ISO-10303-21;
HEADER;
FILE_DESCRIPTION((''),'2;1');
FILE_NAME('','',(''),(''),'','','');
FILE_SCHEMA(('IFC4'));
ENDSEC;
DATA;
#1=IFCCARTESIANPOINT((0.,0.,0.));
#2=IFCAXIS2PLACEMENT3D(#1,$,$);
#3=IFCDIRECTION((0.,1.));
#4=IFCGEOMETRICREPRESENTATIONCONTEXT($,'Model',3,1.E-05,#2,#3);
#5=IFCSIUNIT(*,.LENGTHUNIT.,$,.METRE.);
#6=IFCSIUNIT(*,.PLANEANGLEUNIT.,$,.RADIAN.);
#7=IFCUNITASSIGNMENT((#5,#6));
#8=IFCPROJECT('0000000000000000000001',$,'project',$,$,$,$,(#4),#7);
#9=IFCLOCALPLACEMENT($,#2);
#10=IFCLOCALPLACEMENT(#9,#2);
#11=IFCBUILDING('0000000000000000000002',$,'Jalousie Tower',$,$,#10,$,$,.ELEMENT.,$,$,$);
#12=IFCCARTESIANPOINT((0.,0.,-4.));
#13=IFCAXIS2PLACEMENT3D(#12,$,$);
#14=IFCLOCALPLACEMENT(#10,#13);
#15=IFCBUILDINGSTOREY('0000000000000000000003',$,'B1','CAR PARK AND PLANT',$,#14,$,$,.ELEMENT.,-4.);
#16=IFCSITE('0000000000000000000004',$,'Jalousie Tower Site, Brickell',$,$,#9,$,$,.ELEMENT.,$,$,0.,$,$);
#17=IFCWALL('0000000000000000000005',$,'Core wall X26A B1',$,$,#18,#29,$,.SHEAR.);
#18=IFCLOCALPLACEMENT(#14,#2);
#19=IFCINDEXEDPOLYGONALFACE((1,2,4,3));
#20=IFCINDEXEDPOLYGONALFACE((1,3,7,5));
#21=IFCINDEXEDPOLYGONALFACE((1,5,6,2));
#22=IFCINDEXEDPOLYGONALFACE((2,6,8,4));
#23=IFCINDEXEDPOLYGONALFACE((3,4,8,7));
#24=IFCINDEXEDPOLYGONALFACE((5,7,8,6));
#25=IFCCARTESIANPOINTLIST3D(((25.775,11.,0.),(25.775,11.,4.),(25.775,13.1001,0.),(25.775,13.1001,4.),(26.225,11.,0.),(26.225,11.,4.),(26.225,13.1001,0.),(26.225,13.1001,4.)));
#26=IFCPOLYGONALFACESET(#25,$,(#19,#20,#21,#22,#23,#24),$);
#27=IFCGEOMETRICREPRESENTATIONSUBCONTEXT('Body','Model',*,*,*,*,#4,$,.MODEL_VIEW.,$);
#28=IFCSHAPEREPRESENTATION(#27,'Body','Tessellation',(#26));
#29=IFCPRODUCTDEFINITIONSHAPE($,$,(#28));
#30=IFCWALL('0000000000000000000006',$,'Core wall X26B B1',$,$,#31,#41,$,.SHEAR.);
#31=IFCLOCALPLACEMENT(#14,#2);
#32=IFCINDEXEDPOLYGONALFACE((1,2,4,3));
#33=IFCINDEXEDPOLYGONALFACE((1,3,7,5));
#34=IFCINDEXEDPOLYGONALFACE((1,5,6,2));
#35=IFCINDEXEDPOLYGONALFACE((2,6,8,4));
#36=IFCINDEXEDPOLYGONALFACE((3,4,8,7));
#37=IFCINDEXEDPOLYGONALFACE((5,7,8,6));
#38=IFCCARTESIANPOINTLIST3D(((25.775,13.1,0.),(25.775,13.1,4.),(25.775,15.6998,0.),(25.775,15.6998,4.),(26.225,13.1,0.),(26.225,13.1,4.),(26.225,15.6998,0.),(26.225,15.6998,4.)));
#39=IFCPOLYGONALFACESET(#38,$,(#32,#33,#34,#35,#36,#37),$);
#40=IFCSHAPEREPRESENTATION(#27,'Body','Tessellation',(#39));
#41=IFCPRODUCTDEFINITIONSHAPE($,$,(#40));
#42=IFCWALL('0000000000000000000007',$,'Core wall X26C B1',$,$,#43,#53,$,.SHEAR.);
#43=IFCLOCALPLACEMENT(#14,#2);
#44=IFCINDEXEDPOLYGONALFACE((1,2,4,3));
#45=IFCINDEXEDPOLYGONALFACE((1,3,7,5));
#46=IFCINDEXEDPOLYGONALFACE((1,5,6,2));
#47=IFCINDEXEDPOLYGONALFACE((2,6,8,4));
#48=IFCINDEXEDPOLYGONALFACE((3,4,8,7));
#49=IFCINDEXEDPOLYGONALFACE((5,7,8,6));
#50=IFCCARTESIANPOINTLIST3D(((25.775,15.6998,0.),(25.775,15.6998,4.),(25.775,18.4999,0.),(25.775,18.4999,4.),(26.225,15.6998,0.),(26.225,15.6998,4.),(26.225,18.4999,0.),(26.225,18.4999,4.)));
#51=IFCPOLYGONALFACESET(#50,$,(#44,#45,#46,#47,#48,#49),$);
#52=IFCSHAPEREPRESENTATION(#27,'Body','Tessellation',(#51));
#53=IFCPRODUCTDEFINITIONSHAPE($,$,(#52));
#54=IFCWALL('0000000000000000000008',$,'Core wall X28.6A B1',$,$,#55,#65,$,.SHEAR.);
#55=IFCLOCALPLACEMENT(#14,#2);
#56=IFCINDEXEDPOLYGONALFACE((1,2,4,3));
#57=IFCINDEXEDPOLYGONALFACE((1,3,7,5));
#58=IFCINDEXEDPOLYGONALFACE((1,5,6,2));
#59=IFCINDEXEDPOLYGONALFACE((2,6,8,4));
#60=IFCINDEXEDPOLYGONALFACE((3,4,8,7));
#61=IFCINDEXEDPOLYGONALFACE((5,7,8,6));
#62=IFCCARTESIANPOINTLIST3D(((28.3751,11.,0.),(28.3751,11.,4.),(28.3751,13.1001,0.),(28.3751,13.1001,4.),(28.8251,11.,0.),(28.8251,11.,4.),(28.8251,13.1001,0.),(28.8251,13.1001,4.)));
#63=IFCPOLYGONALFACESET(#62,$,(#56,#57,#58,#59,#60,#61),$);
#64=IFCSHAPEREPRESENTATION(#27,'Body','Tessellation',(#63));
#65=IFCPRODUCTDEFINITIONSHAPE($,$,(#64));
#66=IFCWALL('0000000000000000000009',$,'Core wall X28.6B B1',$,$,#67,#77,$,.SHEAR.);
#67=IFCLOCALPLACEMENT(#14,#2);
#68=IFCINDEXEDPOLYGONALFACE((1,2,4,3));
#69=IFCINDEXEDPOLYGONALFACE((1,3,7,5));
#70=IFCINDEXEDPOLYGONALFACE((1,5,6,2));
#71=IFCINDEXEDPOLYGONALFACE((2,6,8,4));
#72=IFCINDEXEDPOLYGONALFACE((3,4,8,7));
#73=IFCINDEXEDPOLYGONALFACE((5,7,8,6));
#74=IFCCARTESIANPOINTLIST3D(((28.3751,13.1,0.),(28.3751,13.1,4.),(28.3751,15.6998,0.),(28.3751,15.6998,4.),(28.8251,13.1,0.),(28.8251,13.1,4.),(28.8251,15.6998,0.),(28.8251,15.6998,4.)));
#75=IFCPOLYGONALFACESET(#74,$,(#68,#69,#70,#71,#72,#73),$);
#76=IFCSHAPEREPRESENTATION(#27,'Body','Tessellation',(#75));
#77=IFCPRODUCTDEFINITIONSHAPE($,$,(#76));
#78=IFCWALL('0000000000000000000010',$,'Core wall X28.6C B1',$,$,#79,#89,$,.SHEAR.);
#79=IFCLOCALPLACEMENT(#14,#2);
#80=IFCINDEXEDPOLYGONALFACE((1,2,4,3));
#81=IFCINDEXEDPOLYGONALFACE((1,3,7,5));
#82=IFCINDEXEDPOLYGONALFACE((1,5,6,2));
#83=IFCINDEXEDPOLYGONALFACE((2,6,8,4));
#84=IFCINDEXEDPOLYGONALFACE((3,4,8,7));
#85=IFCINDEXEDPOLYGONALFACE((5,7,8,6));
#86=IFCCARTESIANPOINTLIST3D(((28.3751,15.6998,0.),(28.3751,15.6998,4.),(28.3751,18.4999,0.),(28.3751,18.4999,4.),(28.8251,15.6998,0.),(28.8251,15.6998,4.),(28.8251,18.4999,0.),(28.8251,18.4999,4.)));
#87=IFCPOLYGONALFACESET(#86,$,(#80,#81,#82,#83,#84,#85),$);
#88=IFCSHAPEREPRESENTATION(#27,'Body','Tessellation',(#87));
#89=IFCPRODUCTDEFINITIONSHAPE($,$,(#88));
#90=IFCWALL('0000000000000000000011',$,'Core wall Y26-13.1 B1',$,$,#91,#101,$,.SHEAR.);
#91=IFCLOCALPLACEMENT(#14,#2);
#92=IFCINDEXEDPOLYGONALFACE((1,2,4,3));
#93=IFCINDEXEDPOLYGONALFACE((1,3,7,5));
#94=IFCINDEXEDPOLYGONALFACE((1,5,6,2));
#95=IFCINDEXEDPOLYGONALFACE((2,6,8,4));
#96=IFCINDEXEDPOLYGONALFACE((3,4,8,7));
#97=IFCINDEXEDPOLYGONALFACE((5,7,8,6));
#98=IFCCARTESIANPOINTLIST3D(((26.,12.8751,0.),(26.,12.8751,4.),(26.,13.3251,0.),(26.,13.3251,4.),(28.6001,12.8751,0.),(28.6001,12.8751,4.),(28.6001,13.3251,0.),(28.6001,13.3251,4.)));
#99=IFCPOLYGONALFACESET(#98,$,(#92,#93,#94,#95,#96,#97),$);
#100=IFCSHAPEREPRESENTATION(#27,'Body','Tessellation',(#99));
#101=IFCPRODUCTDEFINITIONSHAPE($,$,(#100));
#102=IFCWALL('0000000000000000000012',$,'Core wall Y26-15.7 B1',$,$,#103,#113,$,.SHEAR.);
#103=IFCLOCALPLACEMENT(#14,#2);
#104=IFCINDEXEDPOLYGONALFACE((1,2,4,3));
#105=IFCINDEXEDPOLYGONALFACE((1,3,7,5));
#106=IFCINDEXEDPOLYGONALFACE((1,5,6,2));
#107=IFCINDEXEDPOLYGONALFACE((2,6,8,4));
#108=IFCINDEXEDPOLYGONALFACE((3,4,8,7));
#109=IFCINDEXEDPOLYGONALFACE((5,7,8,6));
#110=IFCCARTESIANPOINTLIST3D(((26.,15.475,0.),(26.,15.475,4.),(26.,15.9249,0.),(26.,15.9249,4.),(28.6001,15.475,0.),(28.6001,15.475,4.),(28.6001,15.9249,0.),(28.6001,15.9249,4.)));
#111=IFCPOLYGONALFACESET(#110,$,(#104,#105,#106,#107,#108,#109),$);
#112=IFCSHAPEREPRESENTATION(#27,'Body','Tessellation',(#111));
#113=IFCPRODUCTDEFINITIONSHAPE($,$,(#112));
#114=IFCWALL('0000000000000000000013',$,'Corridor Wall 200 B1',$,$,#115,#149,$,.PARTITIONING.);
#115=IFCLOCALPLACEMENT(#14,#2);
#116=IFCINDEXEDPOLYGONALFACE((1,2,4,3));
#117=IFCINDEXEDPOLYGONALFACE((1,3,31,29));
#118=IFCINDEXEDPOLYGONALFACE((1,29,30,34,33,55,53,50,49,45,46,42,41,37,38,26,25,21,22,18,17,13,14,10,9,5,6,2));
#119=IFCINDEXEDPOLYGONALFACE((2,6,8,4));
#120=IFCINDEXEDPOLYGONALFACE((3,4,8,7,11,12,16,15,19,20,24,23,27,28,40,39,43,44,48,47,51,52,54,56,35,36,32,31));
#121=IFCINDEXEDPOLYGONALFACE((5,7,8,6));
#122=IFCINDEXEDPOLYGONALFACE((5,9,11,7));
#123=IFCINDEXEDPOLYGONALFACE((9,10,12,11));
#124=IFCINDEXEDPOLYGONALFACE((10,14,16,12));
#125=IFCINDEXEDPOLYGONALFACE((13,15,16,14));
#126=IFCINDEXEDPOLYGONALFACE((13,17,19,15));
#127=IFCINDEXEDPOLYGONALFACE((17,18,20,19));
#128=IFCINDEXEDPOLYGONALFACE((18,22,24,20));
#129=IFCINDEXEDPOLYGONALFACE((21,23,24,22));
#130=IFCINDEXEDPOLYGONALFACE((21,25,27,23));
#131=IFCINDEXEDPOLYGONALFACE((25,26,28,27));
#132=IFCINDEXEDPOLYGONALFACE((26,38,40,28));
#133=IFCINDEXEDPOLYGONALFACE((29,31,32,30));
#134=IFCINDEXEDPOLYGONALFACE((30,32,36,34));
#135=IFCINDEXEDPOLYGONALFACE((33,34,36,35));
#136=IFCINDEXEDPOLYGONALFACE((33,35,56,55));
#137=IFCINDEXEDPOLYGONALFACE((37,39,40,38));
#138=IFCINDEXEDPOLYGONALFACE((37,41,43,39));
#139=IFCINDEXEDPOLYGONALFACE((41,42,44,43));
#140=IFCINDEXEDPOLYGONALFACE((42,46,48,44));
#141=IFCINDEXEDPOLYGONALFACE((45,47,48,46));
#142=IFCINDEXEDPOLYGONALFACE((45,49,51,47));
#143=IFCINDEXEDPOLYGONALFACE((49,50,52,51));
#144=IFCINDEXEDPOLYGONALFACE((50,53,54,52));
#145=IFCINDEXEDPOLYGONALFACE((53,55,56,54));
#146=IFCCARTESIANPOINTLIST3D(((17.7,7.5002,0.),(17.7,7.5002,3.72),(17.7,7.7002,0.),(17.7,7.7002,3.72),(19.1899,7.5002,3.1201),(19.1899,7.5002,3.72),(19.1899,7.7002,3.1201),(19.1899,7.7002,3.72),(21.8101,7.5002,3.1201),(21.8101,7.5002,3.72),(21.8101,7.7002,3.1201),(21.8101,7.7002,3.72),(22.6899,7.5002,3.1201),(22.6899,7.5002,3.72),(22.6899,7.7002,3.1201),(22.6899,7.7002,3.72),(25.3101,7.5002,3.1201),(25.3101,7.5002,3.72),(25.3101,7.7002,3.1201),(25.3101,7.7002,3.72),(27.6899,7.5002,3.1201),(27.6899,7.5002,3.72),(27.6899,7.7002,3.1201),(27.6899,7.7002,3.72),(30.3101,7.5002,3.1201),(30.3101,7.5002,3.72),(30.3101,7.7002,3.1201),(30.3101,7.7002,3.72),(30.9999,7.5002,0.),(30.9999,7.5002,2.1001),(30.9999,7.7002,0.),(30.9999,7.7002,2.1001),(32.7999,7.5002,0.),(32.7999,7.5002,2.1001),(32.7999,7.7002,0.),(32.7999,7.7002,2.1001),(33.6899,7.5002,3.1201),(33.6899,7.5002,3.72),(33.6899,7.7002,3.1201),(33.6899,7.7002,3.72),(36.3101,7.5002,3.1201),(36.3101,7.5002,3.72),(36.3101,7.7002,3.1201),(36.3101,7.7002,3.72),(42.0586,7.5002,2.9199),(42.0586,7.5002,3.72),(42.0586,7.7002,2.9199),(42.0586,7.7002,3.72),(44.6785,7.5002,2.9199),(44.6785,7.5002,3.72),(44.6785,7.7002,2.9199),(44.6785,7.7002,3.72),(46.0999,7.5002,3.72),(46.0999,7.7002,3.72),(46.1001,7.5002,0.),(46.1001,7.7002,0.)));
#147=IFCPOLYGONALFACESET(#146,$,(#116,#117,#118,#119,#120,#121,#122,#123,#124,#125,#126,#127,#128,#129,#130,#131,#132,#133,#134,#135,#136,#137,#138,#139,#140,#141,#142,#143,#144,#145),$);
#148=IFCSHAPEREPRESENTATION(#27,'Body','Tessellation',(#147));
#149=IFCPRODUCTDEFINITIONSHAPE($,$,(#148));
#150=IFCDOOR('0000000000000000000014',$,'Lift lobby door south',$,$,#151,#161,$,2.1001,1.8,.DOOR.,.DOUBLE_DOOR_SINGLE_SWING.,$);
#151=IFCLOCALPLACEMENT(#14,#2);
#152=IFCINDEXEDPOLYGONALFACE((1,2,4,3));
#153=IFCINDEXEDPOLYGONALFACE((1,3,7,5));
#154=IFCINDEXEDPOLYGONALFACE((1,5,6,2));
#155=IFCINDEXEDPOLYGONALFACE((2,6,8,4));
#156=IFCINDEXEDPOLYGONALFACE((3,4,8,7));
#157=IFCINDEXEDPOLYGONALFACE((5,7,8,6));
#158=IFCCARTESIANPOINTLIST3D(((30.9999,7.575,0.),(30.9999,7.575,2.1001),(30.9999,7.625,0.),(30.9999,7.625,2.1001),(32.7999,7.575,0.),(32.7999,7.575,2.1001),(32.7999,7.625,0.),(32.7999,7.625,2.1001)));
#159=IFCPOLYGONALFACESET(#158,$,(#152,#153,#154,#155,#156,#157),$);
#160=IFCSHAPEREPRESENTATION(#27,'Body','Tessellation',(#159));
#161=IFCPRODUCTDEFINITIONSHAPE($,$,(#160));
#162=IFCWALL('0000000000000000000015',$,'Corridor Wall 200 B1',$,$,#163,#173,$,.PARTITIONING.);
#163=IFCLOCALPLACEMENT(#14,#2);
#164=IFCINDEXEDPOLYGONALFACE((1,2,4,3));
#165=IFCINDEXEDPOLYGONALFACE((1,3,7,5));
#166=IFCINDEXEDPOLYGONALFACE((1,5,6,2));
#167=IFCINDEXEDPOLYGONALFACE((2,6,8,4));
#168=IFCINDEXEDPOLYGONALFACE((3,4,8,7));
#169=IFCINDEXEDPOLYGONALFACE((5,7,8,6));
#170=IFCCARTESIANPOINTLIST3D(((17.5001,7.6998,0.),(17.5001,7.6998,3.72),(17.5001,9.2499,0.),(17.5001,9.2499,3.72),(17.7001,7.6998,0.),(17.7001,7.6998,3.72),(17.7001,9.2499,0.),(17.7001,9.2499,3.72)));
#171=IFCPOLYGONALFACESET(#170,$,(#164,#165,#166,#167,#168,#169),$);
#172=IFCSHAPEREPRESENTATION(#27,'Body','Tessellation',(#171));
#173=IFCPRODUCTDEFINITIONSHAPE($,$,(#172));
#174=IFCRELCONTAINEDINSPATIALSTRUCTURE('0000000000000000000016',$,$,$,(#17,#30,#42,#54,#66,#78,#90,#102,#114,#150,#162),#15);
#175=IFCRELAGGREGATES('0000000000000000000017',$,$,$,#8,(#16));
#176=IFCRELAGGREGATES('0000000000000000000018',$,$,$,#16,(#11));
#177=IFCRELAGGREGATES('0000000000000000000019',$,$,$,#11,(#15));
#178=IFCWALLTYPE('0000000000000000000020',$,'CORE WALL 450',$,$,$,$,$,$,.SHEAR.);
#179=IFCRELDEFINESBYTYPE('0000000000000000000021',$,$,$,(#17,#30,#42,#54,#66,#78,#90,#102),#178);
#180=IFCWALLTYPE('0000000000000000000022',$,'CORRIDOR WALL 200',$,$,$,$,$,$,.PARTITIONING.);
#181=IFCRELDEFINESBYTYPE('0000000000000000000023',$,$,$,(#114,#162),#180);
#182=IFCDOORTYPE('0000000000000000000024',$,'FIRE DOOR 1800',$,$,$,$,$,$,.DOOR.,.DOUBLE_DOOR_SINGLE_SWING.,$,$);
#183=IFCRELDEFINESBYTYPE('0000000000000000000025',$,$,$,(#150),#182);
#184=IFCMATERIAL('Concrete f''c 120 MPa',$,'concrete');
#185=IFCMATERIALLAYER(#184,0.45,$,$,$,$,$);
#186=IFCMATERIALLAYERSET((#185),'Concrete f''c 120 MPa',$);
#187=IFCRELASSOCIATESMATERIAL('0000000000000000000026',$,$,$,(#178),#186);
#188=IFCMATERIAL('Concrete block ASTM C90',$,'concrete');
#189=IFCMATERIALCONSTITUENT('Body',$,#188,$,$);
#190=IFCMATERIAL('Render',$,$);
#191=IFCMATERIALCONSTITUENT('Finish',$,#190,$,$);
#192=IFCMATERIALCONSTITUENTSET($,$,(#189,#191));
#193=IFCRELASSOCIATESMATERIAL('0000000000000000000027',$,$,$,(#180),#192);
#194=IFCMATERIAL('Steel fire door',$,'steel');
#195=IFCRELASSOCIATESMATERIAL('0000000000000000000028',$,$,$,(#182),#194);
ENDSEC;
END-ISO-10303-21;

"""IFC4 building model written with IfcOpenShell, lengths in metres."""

from ifc_helpers import new_model, si_unit, direction, frame, frame_2d, origin, place, context, subcontext, project, spatial, polyline, rectangle, outline, extrude, material, layer, layer_set, constituent, constituent_set, type_object, element, fill, save


model = new_model("IFC4")

# Units and contexts
model_context = context("Model", 3, precision=1e-05, world=origin(), true_north=direction((0.0, 1.0)))
body_context = subcontext(model_context, "Body", "Model", "MODEL_VIEW")
ifc_project = project(units=[si_unit("LENGTHUNIT", "METRE"), si_unit("PLANEANGLEUNIT", "RADIAN")], contexts=[model_context])

# Site, building, storey
site_placement = place(None, origin())
site = spatial("IfcSite", under=ifc_project, at=site_placement, Name="Jalousie Tower Site, Brickell", CompositionType="ELEMENT", RefElevation=0.0)
building_placement = place(site_placement, origin())
building = spatial("IfcBuilding", under=site, at=building_placement, Name="Jalousie Tower", CompositionType="ELEMENT")
storey_placement = place(building_placement, frame((0.0, 0.0, -4.0)))
storey = spatial("IfcBuildingStorey", under=building, at=storey_placement, Name="B1", Description="CAR PARK AND PLANT", CompositionType="ELEMENT", Elevation=-4.0)

# Walls
ifc_material_1 = material(Name="Concrete f'c 120 MPa", Category="concrete")
ifc_layer_1 = layer(ifc_material_1, 0.45)
ifc_layer_set_1 = layer_set([ifc_layer_1], Name="Concrete f'c 120 MPa")
wall_type_1 = type_object("IfcWallType", Name="CORE WALL 450", PredefinedType="SHEAR", material=ifc_layer_set_1)
wall_1_placement = place(storey_placement, frame((26.0, 11.0, 0.0), z_axis=(0.0, 0.0, 1.0), x_axis=(0.0, 1.0, 0.0)))
element("IfcWall", 1, at=wall_1_placement, inside=storey, type_object=wall_type_1, Name="Core wall X26A B1", PredefinedType="SHEAR", context=body_context, shape_type="SweptSolid", body=[
    extrude(rectangle(XDim=2.1001, YDim=0.45, at=frame_2d((1.05, 0.0))), origin(), (0.0, 0.0, 1.0), 4.0),
])
wall_2_placement = place(storey_placement, frame((26.0, 13.1001, 0.0), z_axis=(0.0, 0.0, 1.0), x_axis=(0.0, 1.0, 0.0)))
element("IfcWall", 2, at=wall_2_placement, inside=storey, type_object=wall_type_1, Name="Core wall X26B B1", PredefinedType="SHEAR", context=body_context, shape_type="SweptSolid", body=[
    extrude(rectangle(XDim=2.5999, YDim=0.45, at=frame_2d((1.2998, 0.0))), origin(), (0.0, 0.0, 1.0), 4.0),
])
wall_3_placement = place(storey_placement, frame((26.0, 15.7, 0.0), z_axis=(0.0, 0.0, 1.0), x_axis=(0.0, 1.0, 0.0)))
element("IfcWall", 3, at=wall_3_placement, inside=storey, type_object=wall_type_1, Name="Core wall X26C B1", PredefinedType="SHEAR", context=body_context, shape_type="SweptSolid", body=[
    extrude(rectangle(XDim=2.8, YDim=0.45, at=frame_2d((1.3999, 0.0))), origin(), (0.0, 0.0, 1.0), 4.0),
])
wall_4_placement = place(storey_placement, frame((28.6001, 11.0, 0.0), z_axis=(0.0, 0.0, 1.0), x_axis=(0.0, 1.0, 0.0)))
element("IfcWall", 4, at=wall_4_placement, inside=storey, type_object=wall_type_1, Name="Core wall X28.6A B1", PredefinedType="SHEAR", context=body_context, shape_type="SweptSolid", body=[
    extrude(rectangle(XDim=2.1001, YDim=0.45, at=frame_2d((1.05, 0.0))), origin(), (0.0, 0.0, 1.0), 4.0),
])
wall_5_placement = place(storey_placement, frame((28.6001, 13.1001, 0.0), z_axis=(0.0, 0.0, 1.0), x_axis=(0.0, 1.0, 0.0)))
element("IfcWall", 5, at=wall_5_placement, inside=storey, type_object=wall_type_1, Name="Core wall X28.6B B1", PredefinedType="SHEAR", context=body_context, shape_type="SweptSolid", body=[
    extrude(rectangle(XDim=2.5999, YDim=0.45, at=frame_2d((1.2998, 0.0))), origin(), (0.0, 0.0, 1.0), 4.0),
])
wall_6_placement = place(storey_placement, frame((28.6001, 15.7, 0.0), z_axis=(0.0, 0.0, 1.0), x_axis=(0.0, 1.0, 0.0)))
element("IfcWall", 6, at=wall_6_placement, inside=storey, type_object=wall_type_1, Name="Core wall X28.6C B1", PredefinedType="SHEAR", context=body_context, shape_type="SweptSolid", body=[
    extrude(rectangle(XDim=2.8, YDim=0.45, at=frame_2d((1.3999, 0.0))), origin(), (0.0, 0.0, 1.0), 4.0),
])
for number, where, z_axis, x_axis, name in (
    (7, (26.0, 13.1001, 0.0), (0.0, 0.0, 1.0), (1.0, 0.0, 0.0), "Core wall Y26-13.1 B1"),
    (8, (26.0, 15.7, 0.0), (0.0, 0.0, 1.0), (1.0, 0.0, 0.0), "Core wall Y26-15.7 B1"),
):
    element("IfcWall", number, at=place(storey_placement, frame(where, z_axis=z_axis, x_axis=x_axis)), inside=storey, type_object=wall_type_1, Name=name, PredefinedType="SHEAR", context=body_context, shape_type="SweptSolid", body=[
        extrude(rectangle(XDim=2.6001, YDim=0.45, at=frame_2d((1.3, 0.0))), origin(), (0.0, 0.0, 1.0), 4.0),
    ])

# Wall, opening, door
ifc_material_2 = material(Name="Concrete block ASTM C90", Category="concrete")
ifc_constituent_1 = constituent(ifc_material_2, Name="Body")
ifc_material_3 = material(Name="Render")
ifc_constituent_2 = constituent(ifc_material_3, Name="Finish")
ifc_constituent_set_1 = constituent_set(constituents=[ifc_constituent_1, ifc_constituent_2])
wall_type_2 = type_object("IfcWallType", Name="CORRIDOR WALL 200", PredefinedType="PARTITIONING", material=ifc_constituent_set_1)
wall_7_placement = place(storey_placement, frame((17.7, 7.6001, 0.0), z_axis=(0.0, 0.0, 1.0), x_axis=(1.0, 0.0, 0.0)))
wall_7 = element("IfcWall", 9, at=wall_7_placement, inside=storey, type_object=wall_type_2, Name="Corridor Wall 200 B1", PredefinedType="PARTITIONING", context=body_context, shape_type="SweptSolid", body=[
    extrude(outline(polyline([(0.0, 0.0), (28.4001, 0.0), (28.3999, 3.72), (26.9785, 3.72), (26.9785, 2.9199), (24.3586, 2.9199), (24.3586, 3.72), (18.6101, 3.72), (18.6101, 3.1201), (15.99, 3.1201), (15.99, 3.72), (12.6101, 3.72), (12.6101, 3.1201), (9.99, 3.1201), (9.99, 3.72), (7.6101, 3.72), (7.6101, 3.1201), (4.99, 3.1201), (4.99, 3.72), (4.1101, 3.72), (4.1101, 3.1201), (1.49, 3.1201), (1.49, 3.72), (0.0, 3.72), (0.0, 0.0)])), frame((0.0, 0.1001, 0.0), z_axis=(0.0, -1.0, 0.0), x_axis=(1.0, 0.0, 0.0)), (0.0, 0.0, 1.0), 0.2),
])
opening_1_placement = place(wall_7_placement, frame((13.3, 0.0, 0.0)))
opening_1 = element("IfcOpeningElement", 10, at=opening_1_placement, cuts=wall_7, PredefinedType="OPENING", context=body_context, shape_type="SweptSolid", body=[
    extrude(rectangle(XDim=1.8, YDim=2.1001, at=frame_2d((0.8999, 1.05))), frame((0.0, 0.1099, 0.0), z_axis=(0.0, -1.0, 0.0), x_axis=(1.0, 0.0, 0.0)), (0.0, 0.0, 1.0), 0.22),
])
ifc_material_4 = material(Name="Steel fire door", Category="steel")
door_type_1 = type_object("IfcDoorType", Name="FIRE DOOR 1800", OperationType="DOUBLE_DOOR_SINGLE_SWING", PredefinedType="DOOR", material=ifc_material_4)
door_1_placement = place(opening_1_placement, origin())
door_1 = element("IfcDoor", 11, at=door_1_placement, inside=storey, type_object=door_type_1, Name="Lift lobby door south", OperationType="DOUBLE_DOOR_SINGLE_SWING", OverallHeight=2.1001, OverallWidth=1.8, PredefinedType="DOOR", context=body_context, shape_type="SweptSolid", body=[
    extrude(rectangle(XDim=1.8, YDim=2.1001, at=frame_2d((0.8999, 1.05))), frame((0.0, 0.0249, 0.0), z_axis=(0.0, -1.0, 0.0), x_axis=(1.0, 0.0, 0.0)), (0.0, 0.0, 1.0), 0.05),
])
fill(opening_1, door_1)

# Wall
wall_8_placement = place(storey_placement, frame((17.6001, 7.7, 0.0), z_axis=(0.0, 0.0, 1.0), x_axis=(0.0, 1.0, 0.0)))
element("IfcWall", 12, at=wall_8_placement, inside=storey, type_object=wall_type_2, Name="Corridor Wall 200 B1", PredefinedType="PARTITIONING", context=body_context, shape_type="SweptSolid", body=[
    extrude(rectangle(XDim=1.55, YDim=0.2, at=frame_2d((0.7749, 0.0))), origin(), (0.0, 0.0, 1.0), 3.72),
])

save(model, "model.ifc")
